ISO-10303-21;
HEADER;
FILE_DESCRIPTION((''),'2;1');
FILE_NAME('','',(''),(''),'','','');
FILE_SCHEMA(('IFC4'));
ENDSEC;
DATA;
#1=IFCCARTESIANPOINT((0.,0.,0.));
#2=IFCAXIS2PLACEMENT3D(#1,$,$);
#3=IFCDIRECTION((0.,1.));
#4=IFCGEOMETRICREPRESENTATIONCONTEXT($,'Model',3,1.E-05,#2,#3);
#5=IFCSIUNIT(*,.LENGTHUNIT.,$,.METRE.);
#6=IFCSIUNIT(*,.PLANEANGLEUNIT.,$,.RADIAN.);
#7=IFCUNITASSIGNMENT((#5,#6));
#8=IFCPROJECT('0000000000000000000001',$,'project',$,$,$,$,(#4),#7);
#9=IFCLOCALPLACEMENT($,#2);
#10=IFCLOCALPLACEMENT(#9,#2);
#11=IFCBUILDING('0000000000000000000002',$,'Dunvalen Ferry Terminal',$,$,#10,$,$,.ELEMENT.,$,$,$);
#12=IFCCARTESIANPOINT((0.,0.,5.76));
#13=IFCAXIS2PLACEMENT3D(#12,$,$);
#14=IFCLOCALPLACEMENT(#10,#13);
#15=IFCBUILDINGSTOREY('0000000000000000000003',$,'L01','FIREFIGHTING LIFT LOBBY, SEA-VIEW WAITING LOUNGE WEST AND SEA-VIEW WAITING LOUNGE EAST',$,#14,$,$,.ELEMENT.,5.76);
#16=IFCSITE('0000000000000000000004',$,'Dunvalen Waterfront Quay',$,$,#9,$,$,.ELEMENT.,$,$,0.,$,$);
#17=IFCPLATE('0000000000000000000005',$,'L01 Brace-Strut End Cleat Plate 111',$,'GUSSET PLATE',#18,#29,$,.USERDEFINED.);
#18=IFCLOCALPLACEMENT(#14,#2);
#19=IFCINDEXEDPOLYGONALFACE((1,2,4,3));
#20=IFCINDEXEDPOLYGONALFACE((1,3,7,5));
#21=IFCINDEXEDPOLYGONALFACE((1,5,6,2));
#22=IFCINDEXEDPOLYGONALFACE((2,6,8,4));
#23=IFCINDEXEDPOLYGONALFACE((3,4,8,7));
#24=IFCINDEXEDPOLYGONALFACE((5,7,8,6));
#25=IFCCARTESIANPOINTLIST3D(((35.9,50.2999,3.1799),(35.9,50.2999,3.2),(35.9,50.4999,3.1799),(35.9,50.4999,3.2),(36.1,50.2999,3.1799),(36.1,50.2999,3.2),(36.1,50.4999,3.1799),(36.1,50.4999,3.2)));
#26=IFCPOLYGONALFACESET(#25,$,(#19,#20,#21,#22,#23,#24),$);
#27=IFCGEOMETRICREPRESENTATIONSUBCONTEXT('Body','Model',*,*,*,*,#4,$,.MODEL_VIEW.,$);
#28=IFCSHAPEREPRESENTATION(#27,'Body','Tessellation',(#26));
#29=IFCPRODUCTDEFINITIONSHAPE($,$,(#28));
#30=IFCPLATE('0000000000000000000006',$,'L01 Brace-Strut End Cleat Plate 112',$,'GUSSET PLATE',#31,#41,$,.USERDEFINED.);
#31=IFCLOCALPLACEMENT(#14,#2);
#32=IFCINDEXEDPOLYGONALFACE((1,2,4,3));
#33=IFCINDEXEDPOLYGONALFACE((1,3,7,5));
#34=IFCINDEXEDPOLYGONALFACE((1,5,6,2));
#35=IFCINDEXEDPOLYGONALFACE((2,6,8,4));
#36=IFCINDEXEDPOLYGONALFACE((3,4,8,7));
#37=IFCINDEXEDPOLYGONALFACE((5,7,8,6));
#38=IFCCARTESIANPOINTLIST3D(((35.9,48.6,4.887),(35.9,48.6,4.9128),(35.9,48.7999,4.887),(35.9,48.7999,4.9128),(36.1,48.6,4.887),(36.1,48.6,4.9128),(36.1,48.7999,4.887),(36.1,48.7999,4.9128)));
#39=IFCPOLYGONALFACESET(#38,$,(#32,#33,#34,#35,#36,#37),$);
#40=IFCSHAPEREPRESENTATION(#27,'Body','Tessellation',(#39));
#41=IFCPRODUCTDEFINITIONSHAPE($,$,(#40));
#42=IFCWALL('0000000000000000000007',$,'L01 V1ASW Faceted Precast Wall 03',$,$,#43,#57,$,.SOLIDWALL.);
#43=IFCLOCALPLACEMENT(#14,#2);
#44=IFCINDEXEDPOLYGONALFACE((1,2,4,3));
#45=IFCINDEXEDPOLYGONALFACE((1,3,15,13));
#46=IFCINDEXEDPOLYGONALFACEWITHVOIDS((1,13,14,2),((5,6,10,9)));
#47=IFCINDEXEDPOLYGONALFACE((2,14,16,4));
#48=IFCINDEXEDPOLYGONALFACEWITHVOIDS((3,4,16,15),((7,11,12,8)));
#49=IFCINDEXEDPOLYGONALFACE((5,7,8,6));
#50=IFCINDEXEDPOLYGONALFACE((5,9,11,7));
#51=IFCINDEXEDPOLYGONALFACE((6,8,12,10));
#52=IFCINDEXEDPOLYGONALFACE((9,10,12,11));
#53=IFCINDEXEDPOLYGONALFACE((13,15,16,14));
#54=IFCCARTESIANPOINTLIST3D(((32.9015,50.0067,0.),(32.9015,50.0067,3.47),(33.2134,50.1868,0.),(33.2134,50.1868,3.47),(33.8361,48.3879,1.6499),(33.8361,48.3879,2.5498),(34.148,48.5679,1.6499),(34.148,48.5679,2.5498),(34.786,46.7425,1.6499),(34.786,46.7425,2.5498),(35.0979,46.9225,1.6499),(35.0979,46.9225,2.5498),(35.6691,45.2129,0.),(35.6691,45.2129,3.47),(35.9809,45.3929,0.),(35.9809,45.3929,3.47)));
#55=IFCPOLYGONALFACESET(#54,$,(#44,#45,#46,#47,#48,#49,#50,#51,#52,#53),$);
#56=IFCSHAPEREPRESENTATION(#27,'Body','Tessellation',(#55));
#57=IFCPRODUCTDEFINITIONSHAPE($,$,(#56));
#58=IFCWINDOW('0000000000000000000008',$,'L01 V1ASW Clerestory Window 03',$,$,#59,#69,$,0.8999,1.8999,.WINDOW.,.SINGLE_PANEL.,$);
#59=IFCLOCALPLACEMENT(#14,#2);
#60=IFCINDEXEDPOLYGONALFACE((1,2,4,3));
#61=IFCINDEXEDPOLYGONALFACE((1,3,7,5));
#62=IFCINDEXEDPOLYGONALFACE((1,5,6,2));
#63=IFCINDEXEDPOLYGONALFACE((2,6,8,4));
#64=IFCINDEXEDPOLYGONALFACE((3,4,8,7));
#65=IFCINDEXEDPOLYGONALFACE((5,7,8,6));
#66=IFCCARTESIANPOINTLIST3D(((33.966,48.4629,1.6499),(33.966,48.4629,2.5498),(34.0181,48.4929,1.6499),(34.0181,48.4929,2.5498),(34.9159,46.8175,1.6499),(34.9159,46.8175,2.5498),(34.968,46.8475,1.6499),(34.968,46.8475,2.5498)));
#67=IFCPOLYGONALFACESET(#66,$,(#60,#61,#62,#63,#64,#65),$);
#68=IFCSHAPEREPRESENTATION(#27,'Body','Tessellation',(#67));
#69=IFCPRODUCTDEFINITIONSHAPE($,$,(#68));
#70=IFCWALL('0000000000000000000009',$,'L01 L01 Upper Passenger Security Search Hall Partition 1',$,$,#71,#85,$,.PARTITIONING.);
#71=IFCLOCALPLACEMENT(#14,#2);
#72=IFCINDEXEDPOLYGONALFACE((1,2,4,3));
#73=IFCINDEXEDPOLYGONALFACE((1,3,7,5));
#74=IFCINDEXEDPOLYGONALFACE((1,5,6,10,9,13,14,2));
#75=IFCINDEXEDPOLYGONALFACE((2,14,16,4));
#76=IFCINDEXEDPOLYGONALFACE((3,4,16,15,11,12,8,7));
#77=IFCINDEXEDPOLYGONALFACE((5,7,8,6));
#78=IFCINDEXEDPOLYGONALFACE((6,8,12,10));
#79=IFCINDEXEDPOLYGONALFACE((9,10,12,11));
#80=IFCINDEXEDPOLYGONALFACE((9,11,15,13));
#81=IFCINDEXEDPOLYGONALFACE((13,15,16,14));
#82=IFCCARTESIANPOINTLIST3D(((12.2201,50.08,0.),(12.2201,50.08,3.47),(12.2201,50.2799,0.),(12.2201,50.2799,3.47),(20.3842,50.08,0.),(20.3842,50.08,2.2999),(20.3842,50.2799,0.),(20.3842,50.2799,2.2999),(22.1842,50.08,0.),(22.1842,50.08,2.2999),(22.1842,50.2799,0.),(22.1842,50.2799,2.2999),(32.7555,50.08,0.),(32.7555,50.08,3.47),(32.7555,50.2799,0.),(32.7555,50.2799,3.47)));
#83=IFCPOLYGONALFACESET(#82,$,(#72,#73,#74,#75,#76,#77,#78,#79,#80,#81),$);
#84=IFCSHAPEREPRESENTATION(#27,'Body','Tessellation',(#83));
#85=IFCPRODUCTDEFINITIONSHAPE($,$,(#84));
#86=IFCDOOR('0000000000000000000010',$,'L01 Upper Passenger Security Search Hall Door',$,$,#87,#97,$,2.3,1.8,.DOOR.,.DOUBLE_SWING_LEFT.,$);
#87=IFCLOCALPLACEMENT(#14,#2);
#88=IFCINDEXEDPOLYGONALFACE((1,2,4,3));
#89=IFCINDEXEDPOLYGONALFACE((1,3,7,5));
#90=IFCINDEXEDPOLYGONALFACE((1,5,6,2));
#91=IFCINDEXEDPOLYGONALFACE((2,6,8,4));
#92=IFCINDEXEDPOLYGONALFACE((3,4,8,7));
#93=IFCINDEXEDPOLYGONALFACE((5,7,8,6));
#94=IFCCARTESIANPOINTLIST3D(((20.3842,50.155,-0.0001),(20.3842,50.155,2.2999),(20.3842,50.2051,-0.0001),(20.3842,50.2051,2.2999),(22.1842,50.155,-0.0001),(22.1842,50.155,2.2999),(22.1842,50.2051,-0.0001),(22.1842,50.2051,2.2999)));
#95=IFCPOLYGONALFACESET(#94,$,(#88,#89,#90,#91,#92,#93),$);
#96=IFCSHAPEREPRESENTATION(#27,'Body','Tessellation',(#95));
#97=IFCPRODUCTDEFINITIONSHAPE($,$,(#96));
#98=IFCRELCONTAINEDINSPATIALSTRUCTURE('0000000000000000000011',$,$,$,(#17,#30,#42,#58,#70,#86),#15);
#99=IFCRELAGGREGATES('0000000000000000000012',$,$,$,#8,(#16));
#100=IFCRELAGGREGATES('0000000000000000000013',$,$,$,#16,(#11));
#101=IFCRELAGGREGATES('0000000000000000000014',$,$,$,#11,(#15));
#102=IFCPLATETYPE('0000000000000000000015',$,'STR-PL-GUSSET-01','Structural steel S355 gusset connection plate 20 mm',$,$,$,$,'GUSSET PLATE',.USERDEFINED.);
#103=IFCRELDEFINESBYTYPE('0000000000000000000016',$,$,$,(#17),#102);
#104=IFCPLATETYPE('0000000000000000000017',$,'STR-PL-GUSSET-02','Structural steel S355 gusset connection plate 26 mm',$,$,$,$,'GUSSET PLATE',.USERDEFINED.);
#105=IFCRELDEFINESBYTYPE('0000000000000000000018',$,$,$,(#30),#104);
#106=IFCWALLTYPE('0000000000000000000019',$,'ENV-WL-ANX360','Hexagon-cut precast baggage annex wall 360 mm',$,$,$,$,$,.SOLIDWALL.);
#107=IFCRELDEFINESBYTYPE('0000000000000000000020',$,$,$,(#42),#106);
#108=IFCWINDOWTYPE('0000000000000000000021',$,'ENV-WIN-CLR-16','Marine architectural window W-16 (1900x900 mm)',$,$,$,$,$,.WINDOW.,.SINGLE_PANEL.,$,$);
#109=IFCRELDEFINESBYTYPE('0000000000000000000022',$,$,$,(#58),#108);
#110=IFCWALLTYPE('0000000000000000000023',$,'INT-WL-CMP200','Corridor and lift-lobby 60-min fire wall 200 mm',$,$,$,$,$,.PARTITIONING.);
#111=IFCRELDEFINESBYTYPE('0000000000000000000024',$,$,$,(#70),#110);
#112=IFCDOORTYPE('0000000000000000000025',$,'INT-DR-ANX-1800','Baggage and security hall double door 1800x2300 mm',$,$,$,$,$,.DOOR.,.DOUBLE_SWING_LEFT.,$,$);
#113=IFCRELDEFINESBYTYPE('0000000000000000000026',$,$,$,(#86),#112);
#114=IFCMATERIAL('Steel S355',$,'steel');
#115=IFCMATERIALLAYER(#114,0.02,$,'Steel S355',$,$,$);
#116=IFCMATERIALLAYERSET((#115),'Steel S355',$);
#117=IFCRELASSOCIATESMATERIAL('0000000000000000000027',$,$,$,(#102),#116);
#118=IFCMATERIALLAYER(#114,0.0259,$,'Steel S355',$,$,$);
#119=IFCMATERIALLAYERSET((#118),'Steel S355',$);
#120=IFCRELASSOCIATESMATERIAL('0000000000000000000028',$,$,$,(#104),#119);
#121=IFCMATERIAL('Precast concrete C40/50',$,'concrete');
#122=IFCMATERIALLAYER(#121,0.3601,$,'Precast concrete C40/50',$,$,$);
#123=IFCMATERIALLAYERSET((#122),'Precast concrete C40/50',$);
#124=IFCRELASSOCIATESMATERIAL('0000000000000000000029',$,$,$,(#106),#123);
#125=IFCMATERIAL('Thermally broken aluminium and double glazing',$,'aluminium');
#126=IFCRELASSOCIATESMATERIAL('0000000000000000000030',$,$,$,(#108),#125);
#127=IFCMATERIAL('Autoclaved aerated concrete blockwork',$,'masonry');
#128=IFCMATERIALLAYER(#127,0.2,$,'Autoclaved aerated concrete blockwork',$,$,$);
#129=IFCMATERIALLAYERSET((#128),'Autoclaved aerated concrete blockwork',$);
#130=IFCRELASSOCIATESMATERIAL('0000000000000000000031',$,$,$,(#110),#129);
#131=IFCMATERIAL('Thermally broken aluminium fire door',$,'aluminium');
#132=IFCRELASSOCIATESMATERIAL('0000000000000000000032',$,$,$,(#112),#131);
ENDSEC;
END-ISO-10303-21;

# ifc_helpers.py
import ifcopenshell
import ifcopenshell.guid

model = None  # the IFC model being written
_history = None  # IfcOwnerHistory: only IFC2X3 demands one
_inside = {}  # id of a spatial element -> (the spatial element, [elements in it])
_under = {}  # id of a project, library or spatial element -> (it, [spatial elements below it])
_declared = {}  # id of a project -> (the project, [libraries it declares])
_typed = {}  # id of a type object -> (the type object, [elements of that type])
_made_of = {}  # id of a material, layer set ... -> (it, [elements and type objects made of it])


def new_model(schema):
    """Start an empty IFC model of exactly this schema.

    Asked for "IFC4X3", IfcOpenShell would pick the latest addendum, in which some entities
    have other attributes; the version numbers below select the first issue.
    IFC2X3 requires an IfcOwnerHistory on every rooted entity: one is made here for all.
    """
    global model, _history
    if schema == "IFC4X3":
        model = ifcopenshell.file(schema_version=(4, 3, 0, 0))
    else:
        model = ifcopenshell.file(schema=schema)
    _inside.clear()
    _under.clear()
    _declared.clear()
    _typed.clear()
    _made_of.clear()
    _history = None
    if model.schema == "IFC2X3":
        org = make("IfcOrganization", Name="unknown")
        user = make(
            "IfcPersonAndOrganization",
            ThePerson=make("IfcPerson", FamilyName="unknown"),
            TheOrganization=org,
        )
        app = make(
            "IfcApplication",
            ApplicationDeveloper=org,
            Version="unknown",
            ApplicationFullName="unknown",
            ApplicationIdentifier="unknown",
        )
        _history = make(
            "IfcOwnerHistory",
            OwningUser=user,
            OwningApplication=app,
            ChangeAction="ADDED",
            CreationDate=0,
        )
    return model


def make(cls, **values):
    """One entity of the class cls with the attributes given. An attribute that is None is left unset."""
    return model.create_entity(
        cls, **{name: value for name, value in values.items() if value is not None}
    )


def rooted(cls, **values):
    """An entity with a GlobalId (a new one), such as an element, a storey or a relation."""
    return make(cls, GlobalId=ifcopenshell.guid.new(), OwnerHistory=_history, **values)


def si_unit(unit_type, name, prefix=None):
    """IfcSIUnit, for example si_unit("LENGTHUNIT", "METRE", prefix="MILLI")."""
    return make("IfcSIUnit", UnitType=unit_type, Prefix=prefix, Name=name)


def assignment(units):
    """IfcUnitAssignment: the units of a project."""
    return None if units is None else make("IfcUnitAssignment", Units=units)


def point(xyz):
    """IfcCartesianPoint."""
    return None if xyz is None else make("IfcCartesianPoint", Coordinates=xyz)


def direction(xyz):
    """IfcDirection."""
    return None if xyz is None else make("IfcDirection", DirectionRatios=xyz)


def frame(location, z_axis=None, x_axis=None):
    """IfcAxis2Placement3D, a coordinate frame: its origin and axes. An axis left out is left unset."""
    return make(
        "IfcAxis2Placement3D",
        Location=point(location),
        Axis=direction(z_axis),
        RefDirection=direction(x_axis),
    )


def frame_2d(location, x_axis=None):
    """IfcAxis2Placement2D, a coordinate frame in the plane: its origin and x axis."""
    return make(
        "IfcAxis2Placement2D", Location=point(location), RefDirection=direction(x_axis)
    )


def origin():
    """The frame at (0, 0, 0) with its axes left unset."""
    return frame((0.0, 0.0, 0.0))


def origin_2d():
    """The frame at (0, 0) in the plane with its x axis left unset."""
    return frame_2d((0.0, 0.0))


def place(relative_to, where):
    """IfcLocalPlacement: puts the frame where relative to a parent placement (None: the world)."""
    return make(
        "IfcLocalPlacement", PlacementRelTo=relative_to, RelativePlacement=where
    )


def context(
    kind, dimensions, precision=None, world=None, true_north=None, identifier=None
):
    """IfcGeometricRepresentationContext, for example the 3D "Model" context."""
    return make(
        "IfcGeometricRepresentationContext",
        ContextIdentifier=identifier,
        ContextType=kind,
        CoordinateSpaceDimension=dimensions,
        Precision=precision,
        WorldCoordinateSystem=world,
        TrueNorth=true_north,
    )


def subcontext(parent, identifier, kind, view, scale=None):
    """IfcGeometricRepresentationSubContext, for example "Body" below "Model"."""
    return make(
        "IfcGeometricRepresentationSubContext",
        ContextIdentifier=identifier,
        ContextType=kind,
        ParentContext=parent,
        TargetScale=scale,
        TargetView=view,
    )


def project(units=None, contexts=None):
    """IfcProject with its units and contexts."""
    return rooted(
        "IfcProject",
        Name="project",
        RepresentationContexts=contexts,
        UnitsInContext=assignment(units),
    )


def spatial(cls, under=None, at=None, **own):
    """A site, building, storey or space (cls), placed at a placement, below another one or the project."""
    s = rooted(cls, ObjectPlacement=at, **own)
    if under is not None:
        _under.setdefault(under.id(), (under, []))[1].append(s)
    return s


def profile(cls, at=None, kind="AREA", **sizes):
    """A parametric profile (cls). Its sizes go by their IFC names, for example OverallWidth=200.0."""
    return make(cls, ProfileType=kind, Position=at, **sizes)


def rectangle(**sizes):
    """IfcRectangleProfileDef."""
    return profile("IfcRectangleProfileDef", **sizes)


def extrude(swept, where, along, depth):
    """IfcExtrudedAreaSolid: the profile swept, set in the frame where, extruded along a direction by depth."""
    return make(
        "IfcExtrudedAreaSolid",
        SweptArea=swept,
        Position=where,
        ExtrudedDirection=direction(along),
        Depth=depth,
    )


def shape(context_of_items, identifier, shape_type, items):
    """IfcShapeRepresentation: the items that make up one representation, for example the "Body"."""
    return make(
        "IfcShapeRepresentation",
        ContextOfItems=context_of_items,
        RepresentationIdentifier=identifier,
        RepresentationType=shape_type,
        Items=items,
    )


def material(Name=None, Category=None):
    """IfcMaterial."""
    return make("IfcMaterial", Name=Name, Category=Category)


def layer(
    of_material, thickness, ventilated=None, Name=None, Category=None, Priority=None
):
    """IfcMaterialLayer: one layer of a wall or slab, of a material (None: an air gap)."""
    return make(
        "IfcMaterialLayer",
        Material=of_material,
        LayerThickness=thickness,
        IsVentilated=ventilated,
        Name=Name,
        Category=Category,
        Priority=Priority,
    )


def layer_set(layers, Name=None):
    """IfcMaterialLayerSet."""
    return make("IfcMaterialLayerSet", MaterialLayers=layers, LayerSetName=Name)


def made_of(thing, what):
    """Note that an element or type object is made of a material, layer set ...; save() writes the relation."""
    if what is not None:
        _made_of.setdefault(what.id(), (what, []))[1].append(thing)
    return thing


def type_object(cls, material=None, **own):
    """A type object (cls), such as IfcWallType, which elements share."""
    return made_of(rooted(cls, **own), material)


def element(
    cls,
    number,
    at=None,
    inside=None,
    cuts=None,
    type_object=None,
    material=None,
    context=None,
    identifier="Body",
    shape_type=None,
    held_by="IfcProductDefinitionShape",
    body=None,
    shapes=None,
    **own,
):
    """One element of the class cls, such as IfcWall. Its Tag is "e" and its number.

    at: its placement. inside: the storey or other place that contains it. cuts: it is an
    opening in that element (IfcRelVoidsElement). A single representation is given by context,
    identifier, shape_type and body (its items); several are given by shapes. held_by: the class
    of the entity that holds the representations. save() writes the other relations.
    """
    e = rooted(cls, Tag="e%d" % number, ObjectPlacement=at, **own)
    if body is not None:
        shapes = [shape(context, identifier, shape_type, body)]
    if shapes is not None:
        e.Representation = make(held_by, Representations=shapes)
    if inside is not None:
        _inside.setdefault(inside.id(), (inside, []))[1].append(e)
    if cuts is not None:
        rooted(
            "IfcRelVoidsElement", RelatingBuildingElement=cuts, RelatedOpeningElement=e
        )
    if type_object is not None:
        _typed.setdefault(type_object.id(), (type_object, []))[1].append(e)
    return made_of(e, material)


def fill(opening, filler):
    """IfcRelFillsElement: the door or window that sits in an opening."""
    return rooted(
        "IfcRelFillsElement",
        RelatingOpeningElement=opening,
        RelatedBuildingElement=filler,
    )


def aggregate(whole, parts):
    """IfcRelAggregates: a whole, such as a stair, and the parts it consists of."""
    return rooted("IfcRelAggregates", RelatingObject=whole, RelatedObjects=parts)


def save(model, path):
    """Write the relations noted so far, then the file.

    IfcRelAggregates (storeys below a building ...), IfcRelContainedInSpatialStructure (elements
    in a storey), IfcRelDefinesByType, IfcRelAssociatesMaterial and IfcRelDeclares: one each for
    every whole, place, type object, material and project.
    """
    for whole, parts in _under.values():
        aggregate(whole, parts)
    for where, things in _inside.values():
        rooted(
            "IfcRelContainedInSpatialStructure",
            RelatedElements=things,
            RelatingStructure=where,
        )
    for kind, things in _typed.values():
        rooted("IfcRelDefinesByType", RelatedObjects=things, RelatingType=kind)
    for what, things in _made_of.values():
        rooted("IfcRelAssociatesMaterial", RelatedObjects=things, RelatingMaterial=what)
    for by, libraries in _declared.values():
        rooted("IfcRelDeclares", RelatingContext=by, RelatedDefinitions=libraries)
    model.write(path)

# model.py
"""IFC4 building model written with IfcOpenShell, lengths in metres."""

from ifc_helpers import new_model, si_unit, direction, frame, frame_2d, origin, origin_2d, place, context, subcontext, project, spatial, rectangle, extrude, material, layer, layer_set, type_object, element, fill, save


model = new_model("IFC4")

# Units and contexts
model_context = context("Model", 3, precision=1e-05, world=origin(), true_north=direction((0.0, 1.0)))
body_context = subcontext(model_context, "Body", "Model", "MODEL_VIEW")
ifc_project = project(units=[si_unit("LENGTHUNIT", "METRE"), si_unit("PLANEANGLEUNIT", "RADIAN")], contexts=[model_context])

# Site, building, storey
site_placement = place(None, origin())
site = spatial("IfcSite", under=ifc_project, at=site_placement, Name="Dunvalen Waterfront Quay", CompositionType="ELEMENT", RefElevation=0.0)
building_placement = place(site_placement, origin())
building = spatial("IfcBuilding", under=site, at=building_placement, Name="Dunvalen Ferry Terminal", CompositionType="ELEMENT")
storey_placement = place(building_placement, frame((0.0, 0.0, 5.76)))
storey = spatial("IfcBuildingStorey", under=building, at=storey_placement, Name="L01", Description="FIREFIGHTING LIFT LOBBY, SEA-VIEW WAITING LOUNGE WEST AND SEA-VIEW WAITING LOUNGE EAST", CompositionType="ELEMENT", Elevation=5.76)

# Shared definitions
ifc_material_1 = material(Name="Steel S355", Category="steel")

# Plates
ifc_layer_1 = layer(ifc_material_1, 0.02, Name="Steel S355")
ifc_layer_set_1 = layer_set([ifc_layer_1], Name="Steel S355")
plate_type_1 = type_object("IfcPlateType", Name="STR-PL-GUSSET-01", Description="Structural steel S355 gusset connection plate 20 mm", ElementType="GUSSET PLATE", PredefinedType="USERDEFINED", material=ifc_layer_set_1)
plate_1_placement = place(storey_placement, frame((36.0, 50.3999, 3.1799), z_axis=(0.0, 0.0, 1.0), x_axis=(1.0, 0.0, 0.0)))
element("IfcPlate", 1, at=plate_1_placement, inside=storey, type_object=plate_type_1, Name="L01 Brace-Strut End Cleat Plate 111", ObjectType="GUSSET PLATE", PredefinedType="USERDEFINED", context=body_context, shape_type="SweptSolid", body=[
    extrude(rectangle(XDim=0.2, YDim=0.2, at=origin_2d()), origin(), (0.0, 0.0, 1.0), 0.02),
])
ifc_layer_2 = layer(ifc_material_1, 0.0259, Name="Steel S355")
ifc_layer_set_2 = layer_set([ifc_layer_2], Name="Steel S355")
plate_type_2 = type_object("IfcPlateType", Name="STR-PL-GUSSET-02", Description="Structural steel S355 gusset connection plate 26 mm", ElementType="GUSSET PLATE", PredefinedType="USERDEFINED", material=ifc_layer_set_2)
plate_2_placement = place(storey_placement, frame((36.0, 48.7, 4.887), z_axis=(0.0, 0.0, 1.0), x_axis=(1.0, 0.0, 0.0)))
element("IfcPlate", 2, at=plate_2_placement, inside=storey, type_object=plate_type_2, Name="L01 Brace-Strut End Cleat Plate 112", ObjectType="GUSSET PLATE", PredefinedType="USERDEFINED", context=body_context, shape_type="SweptSolid", body=[
    extrude(rectangle(XDim=0.2, YDim=0.2, at=origin_2d()), origin(), (0.0, 0.0, 1.0), 0.0259),
])

# Wall, opening, window
ifc_material_2 = material(Name="Precast concrete C40/50", Category="concrete")
ifc_layer_3 = layer(ifc_material_2, 0.3601, Name="Precast concrete C40/50")
ifc_layer_set_3 = layer_set([ifc_layer_3], Name="Precast concrete C40/50")
wall_type_1 = type_object("IfcWallType", Name="ENV-WL-ANX360", Description="Hexagon-cut precast baggage annex wall 360 mm", PredefinedType="SOLIDWALL", material=ifc_layer_set_3)
wall_1_placement = place(storey_placement, frame((35.825, 45.303, 0.0), z_axis=(0.0, 0.0, 1.0), x_axis=(-0.499972, 0.866042, 0.0)))
wall_1 = element("IfcWall", 3, at=wall_1_placement, inside=storey, type_object=wall_type_1, Name="L01 V1ASW Faceted Precast Wall 03", PredefinedType="SOLIDWALL", context=body_context, shape_type="SweptSolid", body=[
    extrude(rectangle(XDim=5.5354, YDim=0.3601, at=frame_2d((2.7676, 0.0))), origin(), (0.0, 0.0, 1.0), 3.47),
])
opening_1_placement = place(wall_1_placement, frame((1.7661, 0.0, 1.6499)))
opening_1 = element("IfcOpeningElement", 4, at=opening_1_placement, cuts=wall_1, PredefinedType="OPENING", context=body_context, shape_type="SweptSolid", body=[
    extrude(rectangle(XDim=1.8999, YDim=0.8999, at=frame_2d((0.95, 0.45))), frame((0.0, 0.1899, 0.0), z_axis=(0.0, -1.0, 0.0), x_axis=(1.0, 0.0, 0.0)), (0.0, 0.0, 1.0), 0.3801),
])
ifc_material_3 = material(Name="Thermally broken aluminium and double glazing", Category="aluminium")
window_type = type_object("IfcWindowType", Name="ENV-WIN-CLR-16", Description="Marine architectural window W-16 (1900x900 mm)", PartitioningType="SINGLE_PANEL", PredefinedType="WINDOW", material=ifc_material_3)
window_placement = place(opening_1_placement, origin())
window = element("IfcWindow", 5, at=window_placement, inside=storey, type_object=window_type, Name="L01 V1ASW Clerestory Window 03", OverallHeight=0.8999, OverallWidth=1.8999, PartitioningType="SINGLE_PANEL", PredefinedType="WINDOW", context=body_context, shape_type="SweptSolid", body=[
    extrude(rectangle(XDim=1.8999, YDim=0.8999, at=frame_2d((0.95, 0.45))), frame((0.0, 0.03, 0.0), z_axis=(0.0, -1.0, 0.0), x_axis=(1.0, 0.0, 0.0)), (0.0, 0.0, 1.0), 0.0601),
])
fill(opening_1, window)

# Wall, opening, door
ifc_material_4 = material(Name="Autoclaved aerated concrete blockwork", Category="masonry")
ifc_layer_4 = layer(ifc_material_4, 0.2, Name="Autoclaved aerated concrete blockwork")
ifc_layer_set_4 = layer_set([ifc_layer_4], Name="Autoclaved aerated concrete blockwork")
wall_type_2 = type_object("IfcWallType", Name="INT-WL-CMP200", Description="Corridor and lift-lobby 60-min fire wall 200 mm", PredefinedType="PARTITIONING", material=ifc_layer_set_4)
wall_2_placement = place(storey_placement, frame((32.7554, 50.1799, 0.0), z_axis=(0.0, 0.0, 1.0), x_axis=(-1.0, 0.0, 0.0)))
wall_2 = element("IfcWall", 6, at=wall_2_placement, inside=storey, type_object=wall_type_2, Name="L01 L01 Upper Passenger Security Search Hall Partition 1", PredefinedType="PARTITIONING", context=body_context, shape_type="SweptSolid", body=[
    extrude(rectangle(XDim=20.5354, YDim=0.2, at=frame_2d((10.2676, 0.0))), origin(), (0.0, 0.0, 1.0), 3.47),
])
opening_2_placement = place(wall_2_placement, frame((10.5713, 0.0, 0.0)))
opening_2 = element("IfcOpeningElement", 7, at=opening_2_placement, cuts=wall_2, PredefinedType="OPENING", context=body_context, shape_type="SweptSolid", body=[
    extrude(rectangle(XDim=1.8, YDim=2.3, at=frame_2d((0.8999, 1.1499))), frame((0.0, 0.1099, 0.0), z_axis=(0.0, -1.0, 0.0), x_axis=(1.0, 0.0, 0.0)), (0.0, 0.0, 1.0), 0.22),
])
ifc_material_5 = material(Name="Thermally broken aluminium fire door", Category="aluminium")
door_type = type_object("IfcDoorType", Name="INT-DR-ANX-1800", Description="Baggage and security hall double door 1800x2300 mm", OperationType="DOUBLE_SWING_LEFT", PredefinedType="DOOR", material=ifc_material_5)
door_placement = place(opening_2_placement, origin())
door = element("IfcDoor", 8, at=door_placement, inside=storey, type_object=door_type, Name="L01 Upper Passenger Security Search Hall Door", OperationType="DOUBLE_SWING_LEFT", OverallHeight=2.3, OverallWidth=1.8, PredefinedType="DOOR", context=body_context, shape_type="SweptSolid", body=[
    extrude(rectangle(XDim=1.8, YDim=2.3, at=frame_2d((0.8999, 1.1499))), frame((0.0, 0.0249, 0.0), z_axis=(0.0, -1.0, 0.0), x_axis=(1.0, 0.0, 0.0)), (0.0, 0.0, 1.0), 0.05),
])
fill(opening_2, door)

save(model, "model.ifc")
